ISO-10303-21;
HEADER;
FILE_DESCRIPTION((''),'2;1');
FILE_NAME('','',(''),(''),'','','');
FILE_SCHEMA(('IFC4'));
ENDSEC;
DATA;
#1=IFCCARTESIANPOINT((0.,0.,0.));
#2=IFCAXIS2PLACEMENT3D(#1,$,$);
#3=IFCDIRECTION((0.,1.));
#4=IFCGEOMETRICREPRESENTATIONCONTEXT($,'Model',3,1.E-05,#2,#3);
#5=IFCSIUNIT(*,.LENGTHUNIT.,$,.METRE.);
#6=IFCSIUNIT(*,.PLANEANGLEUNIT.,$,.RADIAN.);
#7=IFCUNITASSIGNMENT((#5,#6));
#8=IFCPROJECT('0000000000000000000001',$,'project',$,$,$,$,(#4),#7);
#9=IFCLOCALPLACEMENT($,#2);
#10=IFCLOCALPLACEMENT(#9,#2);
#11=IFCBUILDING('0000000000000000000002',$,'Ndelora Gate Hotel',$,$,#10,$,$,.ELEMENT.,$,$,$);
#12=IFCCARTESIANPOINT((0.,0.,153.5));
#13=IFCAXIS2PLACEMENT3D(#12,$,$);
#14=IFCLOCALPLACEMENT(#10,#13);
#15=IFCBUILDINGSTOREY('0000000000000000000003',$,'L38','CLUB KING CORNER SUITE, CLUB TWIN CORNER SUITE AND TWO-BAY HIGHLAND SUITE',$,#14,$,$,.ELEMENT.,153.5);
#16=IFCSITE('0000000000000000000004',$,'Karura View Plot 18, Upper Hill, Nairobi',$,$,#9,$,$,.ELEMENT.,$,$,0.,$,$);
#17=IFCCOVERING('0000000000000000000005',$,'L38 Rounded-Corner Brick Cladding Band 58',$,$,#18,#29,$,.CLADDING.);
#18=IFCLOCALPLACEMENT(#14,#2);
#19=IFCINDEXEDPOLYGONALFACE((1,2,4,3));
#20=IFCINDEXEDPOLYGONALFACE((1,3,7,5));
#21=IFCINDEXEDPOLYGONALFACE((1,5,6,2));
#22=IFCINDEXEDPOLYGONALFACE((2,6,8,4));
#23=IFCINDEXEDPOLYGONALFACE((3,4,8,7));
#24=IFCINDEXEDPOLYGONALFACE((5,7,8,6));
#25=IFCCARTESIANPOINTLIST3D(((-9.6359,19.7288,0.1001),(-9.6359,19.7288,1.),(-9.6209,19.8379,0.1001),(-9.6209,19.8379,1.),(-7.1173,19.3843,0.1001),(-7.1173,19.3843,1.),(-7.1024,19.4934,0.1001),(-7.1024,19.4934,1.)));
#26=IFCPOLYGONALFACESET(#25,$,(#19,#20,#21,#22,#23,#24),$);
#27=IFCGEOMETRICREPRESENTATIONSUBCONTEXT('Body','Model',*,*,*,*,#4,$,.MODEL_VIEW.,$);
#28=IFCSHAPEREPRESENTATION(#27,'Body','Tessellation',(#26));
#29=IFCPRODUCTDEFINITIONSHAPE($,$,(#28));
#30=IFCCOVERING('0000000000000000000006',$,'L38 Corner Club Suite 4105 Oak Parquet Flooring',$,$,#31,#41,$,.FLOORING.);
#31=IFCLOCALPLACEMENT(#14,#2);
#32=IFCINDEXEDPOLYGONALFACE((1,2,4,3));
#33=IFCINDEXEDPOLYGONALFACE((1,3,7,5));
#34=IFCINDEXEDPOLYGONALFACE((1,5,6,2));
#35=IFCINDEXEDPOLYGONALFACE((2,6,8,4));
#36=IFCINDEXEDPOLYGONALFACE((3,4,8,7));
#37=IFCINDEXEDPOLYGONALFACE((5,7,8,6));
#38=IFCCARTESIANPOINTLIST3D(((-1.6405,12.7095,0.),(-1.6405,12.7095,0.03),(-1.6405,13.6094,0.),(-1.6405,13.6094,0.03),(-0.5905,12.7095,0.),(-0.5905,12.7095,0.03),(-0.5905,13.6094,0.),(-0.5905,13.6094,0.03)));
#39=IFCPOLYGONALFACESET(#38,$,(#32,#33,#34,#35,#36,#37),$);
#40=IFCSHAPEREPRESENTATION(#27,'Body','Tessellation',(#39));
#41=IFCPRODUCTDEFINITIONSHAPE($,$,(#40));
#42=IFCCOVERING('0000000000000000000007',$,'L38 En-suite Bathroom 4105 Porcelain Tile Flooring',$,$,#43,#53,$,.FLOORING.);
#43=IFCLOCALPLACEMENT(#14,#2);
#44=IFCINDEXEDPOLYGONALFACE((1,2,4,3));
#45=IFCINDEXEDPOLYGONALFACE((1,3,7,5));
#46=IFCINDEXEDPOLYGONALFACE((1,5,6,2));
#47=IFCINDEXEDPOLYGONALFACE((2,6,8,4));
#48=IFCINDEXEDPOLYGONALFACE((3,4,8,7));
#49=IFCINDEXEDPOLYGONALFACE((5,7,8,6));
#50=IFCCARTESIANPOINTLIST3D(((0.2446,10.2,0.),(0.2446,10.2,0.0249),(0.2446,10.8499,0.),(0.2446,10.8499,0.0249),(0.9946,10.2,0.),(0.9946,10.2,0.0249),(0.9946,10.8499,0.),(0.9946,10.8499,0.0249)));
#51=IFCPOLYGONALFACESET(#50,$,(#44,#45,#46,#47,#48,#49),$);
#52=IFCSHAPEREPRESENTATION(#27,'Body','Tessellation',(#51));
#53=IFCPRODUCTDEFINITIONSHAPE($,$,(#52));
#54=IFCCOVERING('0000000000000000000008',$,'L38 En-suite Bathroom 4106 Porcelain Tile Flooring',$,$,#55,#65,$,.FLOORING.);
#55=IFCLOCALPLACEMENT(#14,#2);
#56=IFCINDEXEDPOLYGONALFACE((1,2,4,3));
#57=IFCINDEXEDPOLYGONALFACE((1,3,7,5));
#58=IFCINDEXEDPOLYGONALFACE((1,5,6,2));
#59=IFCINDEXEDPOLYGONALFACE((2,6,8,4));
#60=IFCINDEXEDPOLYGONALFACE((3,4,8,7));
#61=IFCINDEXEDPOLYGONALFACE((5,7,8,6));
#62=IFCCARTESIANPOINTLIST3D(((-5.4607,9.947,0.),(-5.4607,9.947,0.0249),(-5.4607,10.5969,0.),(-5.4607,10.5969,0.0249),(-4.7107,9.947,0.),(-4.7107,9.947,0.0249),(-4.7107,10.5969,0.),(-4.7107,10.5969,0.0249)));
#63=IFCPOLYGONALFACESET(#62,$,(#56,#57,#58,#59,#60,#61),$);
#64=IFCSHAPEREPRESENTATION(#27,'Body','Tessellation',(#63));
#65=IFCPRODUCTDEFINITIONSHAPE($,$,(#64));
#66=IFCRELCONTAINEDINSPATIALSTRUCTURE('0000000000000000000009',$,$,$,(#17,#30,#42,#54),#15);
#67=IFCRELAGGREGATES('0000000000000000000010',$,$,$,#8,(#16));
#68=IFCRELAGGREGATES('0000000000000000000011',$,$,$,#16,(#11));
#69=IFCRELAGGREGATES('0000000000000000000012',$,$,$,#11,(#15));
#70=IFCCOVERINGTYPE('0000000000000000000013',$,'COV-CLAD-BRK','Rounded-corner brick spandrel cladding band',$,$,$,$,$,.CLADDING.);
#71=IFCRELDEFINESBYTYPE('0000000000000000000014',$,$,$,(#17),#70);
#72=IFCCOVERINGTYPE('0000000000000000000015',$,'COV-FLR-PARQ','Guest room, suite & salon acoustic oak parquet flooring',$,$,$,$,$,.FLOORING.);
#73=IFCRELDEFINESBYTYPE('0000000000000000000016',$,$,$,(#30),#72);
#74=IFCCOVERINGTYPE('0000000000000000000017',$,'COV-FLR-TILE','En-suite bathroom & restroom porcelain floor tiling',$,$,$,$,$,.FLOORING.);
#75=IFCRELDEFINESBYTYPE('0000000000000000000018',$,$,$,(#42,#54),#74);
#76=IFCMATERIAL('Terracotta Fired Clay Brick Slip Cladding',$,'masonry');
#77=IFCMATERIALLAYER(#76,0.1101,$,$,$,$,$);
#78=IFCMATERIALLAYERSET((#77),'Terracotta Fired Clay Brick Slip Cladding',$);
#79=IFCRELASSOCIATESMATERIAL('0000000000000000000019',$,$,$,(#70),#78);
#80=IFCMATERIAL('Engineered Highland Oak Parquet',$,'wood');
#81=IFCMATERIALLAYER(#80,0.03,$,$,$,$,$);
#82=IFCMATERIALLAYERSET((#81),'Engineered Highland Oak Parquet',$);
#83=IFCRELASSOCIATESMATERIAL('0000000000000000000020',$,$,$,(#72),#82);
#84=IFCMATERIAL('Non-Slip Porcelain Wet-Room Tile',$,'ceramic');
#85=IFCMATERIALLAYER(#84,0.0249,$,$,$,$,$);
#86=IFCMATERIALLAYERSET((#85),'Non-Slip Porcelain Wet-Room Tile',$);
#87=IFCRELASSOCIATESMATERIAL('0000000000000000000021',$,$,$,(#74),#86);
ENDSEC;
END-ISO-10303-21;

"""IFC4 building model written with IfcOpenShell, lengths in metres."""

from ifc_helpers import new_model, si_unit, direction, frame, origin, origin_2d, place, context, subcontext, project, spatial, rectangle, extrude, material, layer, layer_set, type_object, element, save


model = new_model("IFC4")

# Units and contexts
model_context = context("Model", 3, precision=1e-05, world=origin(), true_north=direction((0.0, 1.0)))
body_context = subcontext(model_context, "Body", "Model", "MODEL_VIEW")
ifc_project = project(units=[si_unit("LENGTHUNIT", "METRE"), si_unit("PLANEANGLEUNIT", "RADIAN")], contexts=[model_context])

# Site, building, storey
site_placement = place(None, origin())
site = spatial("IfcSite", under=ifc_project, at=site_placement, Name="Karura View Plot 18, Upper Hill, Nairobi", CompositionType="ELEMENT", RefElevation=0.0)
building_placement = place(site_placement, origin())
building = spatial("IfcBuilding", under=site, at=building_placement, Name="Ndelora Gate Hotel", CompositionType="ELEMENT")
storey_placement = place(building_placement, frame((0.0, 0.0, 153.5)))
storey = spatial("IfcBuildingStorey", under=building, at=storey_placement, Name="L38", Description="CLUB KING CORNER SUITE, CLUB TWIN CORNER SUITE AND TWO-BAY HIGHLAND SUITE", CompositionType="ELEMENT", Elevation=153.5)

# Coverings
ifc_material_1 = material(Name="Terracotta Fired Clay Brick Slip Cladding", Category="masonry")
ifc_layer_1 = layer(ifc_material_1, 0.1101)
ifc_layer_set_1 = layer_set([ifc_layer_1], Name="Terracotta Fired Clay Brick Slip Cladding")
covering_type_1 = type_object("IfcCoveringType", Name="COV-CLAD-BRK", Description="Rounded-corner brick spandrel cladding band", PredefinedType="CLADDING", material=ifc_layer_set_1)
covering_1_placement = place(storey_placement, frame((-8.3691, 19.6111, 0.1001), z_axis=(0.0, 0.0, 1.0), x_axis=(-0.990772, 0.135543, 0.0)))
element("IfcCovering", 1, at=covering_1_placement, inside=storey, type_object=covering_type_1, Name="L38 Rounded-Corner Brick Cladding Band 58", PredefinedType="CLADDING", context=body_context, shape_type="SweptSolid", body=[
    extrude(rectangle(XDim=2.542, YDim=0.1101, at=origin_2d()), origin(), (0.0, 0.0, 1.0), 0.8999),
])
ifc_material_2 = material(Name="Engineered Highland Oak Parquet", Category="wood")
ifc_layer_2 = layer(ifc_material_2, 0.03)
ifc_layer_set_2 = layer_set([ifc_layer_2], Name="Engineered Highland Oak Parquet")
covering_type_2 = type_object("IfcCoveringType", Name="COV-FLR-PARQ", Description="Guest room, suite & salon acoustic oak parquet flooring", PredefinedType="FLOORING", material=ifc_layer_set_2)
covering_2_placement = place(storey_placement, frame((-1.1155, 13.1594, 0.0), z_axis=(0.0, 0.0, 1.0), x_axis=(1.0, 0.0, 0.0)))
element("IfcCovering", 2, at=covering_2_placement, inside=storey, type_object=covering_type_2, Name="L38 Corner Club Suite 4105 Oak Parquet Flooring", PredefinedType="FLOORING", context=body_context, shape_type="SweptSolid", body=[
    extrude(rectangle(XDim=1.05, YDim=0.8999, at=origin_2d()), origin(), (0.0, 0.0, 1.0), 0.03),
])
ifc_material_3 = material(Name="Non-Slip Porcelain Wet-Room Tile", Category="ceramic")
ifc_layer_3 = layer(ifc_material_3, 0.0249)
ifc_layer_set_3 = layer_set([ifc_layer_3], Name="Non-Slip Porcelain Wet-Room Tile")
covering_type_3 = type_object("IfcCoveringType", Name="COV-FLR-TILE", Description="En-suite bathroom & restroom porcelain floor tiling", PredefinedType="FLOORING", material=ifc_layer_set_3)
for number, where, z_axis, x_axis, name in (
    (3, (0.6196, 10.5249, 0.0), (0.0, 0.0, 1.0), (1.0, 0.0, 0.0), "L38 En-suite Bathroom 4105 Porcelain Tile Flooring"),
    (4, (-5.0857, 10.272, 0.0), (0.0, 0.0, 1.0), (1.0, 0.0, 0.0), "L38 En-suite Bathroom 4106 Porcelain Tile Flooring"),
):
    element("IfcCovering", number, at=place(storey_placement, frame(where, z_axis=z_axis, x_axis=x_axis)), inside=storey, type_object=covering_type_3, Name=name, PredefinedType="FLOORING", context=body_context, shape_type="SweptSolid", body=[
        extrude(rectangle(XDim=0.75, YDim=0.6499, at=origin_2d()), origin(), (0.0, 0.0, 1.0), 0.0249),
    ])

save(model, "model.ifc")
